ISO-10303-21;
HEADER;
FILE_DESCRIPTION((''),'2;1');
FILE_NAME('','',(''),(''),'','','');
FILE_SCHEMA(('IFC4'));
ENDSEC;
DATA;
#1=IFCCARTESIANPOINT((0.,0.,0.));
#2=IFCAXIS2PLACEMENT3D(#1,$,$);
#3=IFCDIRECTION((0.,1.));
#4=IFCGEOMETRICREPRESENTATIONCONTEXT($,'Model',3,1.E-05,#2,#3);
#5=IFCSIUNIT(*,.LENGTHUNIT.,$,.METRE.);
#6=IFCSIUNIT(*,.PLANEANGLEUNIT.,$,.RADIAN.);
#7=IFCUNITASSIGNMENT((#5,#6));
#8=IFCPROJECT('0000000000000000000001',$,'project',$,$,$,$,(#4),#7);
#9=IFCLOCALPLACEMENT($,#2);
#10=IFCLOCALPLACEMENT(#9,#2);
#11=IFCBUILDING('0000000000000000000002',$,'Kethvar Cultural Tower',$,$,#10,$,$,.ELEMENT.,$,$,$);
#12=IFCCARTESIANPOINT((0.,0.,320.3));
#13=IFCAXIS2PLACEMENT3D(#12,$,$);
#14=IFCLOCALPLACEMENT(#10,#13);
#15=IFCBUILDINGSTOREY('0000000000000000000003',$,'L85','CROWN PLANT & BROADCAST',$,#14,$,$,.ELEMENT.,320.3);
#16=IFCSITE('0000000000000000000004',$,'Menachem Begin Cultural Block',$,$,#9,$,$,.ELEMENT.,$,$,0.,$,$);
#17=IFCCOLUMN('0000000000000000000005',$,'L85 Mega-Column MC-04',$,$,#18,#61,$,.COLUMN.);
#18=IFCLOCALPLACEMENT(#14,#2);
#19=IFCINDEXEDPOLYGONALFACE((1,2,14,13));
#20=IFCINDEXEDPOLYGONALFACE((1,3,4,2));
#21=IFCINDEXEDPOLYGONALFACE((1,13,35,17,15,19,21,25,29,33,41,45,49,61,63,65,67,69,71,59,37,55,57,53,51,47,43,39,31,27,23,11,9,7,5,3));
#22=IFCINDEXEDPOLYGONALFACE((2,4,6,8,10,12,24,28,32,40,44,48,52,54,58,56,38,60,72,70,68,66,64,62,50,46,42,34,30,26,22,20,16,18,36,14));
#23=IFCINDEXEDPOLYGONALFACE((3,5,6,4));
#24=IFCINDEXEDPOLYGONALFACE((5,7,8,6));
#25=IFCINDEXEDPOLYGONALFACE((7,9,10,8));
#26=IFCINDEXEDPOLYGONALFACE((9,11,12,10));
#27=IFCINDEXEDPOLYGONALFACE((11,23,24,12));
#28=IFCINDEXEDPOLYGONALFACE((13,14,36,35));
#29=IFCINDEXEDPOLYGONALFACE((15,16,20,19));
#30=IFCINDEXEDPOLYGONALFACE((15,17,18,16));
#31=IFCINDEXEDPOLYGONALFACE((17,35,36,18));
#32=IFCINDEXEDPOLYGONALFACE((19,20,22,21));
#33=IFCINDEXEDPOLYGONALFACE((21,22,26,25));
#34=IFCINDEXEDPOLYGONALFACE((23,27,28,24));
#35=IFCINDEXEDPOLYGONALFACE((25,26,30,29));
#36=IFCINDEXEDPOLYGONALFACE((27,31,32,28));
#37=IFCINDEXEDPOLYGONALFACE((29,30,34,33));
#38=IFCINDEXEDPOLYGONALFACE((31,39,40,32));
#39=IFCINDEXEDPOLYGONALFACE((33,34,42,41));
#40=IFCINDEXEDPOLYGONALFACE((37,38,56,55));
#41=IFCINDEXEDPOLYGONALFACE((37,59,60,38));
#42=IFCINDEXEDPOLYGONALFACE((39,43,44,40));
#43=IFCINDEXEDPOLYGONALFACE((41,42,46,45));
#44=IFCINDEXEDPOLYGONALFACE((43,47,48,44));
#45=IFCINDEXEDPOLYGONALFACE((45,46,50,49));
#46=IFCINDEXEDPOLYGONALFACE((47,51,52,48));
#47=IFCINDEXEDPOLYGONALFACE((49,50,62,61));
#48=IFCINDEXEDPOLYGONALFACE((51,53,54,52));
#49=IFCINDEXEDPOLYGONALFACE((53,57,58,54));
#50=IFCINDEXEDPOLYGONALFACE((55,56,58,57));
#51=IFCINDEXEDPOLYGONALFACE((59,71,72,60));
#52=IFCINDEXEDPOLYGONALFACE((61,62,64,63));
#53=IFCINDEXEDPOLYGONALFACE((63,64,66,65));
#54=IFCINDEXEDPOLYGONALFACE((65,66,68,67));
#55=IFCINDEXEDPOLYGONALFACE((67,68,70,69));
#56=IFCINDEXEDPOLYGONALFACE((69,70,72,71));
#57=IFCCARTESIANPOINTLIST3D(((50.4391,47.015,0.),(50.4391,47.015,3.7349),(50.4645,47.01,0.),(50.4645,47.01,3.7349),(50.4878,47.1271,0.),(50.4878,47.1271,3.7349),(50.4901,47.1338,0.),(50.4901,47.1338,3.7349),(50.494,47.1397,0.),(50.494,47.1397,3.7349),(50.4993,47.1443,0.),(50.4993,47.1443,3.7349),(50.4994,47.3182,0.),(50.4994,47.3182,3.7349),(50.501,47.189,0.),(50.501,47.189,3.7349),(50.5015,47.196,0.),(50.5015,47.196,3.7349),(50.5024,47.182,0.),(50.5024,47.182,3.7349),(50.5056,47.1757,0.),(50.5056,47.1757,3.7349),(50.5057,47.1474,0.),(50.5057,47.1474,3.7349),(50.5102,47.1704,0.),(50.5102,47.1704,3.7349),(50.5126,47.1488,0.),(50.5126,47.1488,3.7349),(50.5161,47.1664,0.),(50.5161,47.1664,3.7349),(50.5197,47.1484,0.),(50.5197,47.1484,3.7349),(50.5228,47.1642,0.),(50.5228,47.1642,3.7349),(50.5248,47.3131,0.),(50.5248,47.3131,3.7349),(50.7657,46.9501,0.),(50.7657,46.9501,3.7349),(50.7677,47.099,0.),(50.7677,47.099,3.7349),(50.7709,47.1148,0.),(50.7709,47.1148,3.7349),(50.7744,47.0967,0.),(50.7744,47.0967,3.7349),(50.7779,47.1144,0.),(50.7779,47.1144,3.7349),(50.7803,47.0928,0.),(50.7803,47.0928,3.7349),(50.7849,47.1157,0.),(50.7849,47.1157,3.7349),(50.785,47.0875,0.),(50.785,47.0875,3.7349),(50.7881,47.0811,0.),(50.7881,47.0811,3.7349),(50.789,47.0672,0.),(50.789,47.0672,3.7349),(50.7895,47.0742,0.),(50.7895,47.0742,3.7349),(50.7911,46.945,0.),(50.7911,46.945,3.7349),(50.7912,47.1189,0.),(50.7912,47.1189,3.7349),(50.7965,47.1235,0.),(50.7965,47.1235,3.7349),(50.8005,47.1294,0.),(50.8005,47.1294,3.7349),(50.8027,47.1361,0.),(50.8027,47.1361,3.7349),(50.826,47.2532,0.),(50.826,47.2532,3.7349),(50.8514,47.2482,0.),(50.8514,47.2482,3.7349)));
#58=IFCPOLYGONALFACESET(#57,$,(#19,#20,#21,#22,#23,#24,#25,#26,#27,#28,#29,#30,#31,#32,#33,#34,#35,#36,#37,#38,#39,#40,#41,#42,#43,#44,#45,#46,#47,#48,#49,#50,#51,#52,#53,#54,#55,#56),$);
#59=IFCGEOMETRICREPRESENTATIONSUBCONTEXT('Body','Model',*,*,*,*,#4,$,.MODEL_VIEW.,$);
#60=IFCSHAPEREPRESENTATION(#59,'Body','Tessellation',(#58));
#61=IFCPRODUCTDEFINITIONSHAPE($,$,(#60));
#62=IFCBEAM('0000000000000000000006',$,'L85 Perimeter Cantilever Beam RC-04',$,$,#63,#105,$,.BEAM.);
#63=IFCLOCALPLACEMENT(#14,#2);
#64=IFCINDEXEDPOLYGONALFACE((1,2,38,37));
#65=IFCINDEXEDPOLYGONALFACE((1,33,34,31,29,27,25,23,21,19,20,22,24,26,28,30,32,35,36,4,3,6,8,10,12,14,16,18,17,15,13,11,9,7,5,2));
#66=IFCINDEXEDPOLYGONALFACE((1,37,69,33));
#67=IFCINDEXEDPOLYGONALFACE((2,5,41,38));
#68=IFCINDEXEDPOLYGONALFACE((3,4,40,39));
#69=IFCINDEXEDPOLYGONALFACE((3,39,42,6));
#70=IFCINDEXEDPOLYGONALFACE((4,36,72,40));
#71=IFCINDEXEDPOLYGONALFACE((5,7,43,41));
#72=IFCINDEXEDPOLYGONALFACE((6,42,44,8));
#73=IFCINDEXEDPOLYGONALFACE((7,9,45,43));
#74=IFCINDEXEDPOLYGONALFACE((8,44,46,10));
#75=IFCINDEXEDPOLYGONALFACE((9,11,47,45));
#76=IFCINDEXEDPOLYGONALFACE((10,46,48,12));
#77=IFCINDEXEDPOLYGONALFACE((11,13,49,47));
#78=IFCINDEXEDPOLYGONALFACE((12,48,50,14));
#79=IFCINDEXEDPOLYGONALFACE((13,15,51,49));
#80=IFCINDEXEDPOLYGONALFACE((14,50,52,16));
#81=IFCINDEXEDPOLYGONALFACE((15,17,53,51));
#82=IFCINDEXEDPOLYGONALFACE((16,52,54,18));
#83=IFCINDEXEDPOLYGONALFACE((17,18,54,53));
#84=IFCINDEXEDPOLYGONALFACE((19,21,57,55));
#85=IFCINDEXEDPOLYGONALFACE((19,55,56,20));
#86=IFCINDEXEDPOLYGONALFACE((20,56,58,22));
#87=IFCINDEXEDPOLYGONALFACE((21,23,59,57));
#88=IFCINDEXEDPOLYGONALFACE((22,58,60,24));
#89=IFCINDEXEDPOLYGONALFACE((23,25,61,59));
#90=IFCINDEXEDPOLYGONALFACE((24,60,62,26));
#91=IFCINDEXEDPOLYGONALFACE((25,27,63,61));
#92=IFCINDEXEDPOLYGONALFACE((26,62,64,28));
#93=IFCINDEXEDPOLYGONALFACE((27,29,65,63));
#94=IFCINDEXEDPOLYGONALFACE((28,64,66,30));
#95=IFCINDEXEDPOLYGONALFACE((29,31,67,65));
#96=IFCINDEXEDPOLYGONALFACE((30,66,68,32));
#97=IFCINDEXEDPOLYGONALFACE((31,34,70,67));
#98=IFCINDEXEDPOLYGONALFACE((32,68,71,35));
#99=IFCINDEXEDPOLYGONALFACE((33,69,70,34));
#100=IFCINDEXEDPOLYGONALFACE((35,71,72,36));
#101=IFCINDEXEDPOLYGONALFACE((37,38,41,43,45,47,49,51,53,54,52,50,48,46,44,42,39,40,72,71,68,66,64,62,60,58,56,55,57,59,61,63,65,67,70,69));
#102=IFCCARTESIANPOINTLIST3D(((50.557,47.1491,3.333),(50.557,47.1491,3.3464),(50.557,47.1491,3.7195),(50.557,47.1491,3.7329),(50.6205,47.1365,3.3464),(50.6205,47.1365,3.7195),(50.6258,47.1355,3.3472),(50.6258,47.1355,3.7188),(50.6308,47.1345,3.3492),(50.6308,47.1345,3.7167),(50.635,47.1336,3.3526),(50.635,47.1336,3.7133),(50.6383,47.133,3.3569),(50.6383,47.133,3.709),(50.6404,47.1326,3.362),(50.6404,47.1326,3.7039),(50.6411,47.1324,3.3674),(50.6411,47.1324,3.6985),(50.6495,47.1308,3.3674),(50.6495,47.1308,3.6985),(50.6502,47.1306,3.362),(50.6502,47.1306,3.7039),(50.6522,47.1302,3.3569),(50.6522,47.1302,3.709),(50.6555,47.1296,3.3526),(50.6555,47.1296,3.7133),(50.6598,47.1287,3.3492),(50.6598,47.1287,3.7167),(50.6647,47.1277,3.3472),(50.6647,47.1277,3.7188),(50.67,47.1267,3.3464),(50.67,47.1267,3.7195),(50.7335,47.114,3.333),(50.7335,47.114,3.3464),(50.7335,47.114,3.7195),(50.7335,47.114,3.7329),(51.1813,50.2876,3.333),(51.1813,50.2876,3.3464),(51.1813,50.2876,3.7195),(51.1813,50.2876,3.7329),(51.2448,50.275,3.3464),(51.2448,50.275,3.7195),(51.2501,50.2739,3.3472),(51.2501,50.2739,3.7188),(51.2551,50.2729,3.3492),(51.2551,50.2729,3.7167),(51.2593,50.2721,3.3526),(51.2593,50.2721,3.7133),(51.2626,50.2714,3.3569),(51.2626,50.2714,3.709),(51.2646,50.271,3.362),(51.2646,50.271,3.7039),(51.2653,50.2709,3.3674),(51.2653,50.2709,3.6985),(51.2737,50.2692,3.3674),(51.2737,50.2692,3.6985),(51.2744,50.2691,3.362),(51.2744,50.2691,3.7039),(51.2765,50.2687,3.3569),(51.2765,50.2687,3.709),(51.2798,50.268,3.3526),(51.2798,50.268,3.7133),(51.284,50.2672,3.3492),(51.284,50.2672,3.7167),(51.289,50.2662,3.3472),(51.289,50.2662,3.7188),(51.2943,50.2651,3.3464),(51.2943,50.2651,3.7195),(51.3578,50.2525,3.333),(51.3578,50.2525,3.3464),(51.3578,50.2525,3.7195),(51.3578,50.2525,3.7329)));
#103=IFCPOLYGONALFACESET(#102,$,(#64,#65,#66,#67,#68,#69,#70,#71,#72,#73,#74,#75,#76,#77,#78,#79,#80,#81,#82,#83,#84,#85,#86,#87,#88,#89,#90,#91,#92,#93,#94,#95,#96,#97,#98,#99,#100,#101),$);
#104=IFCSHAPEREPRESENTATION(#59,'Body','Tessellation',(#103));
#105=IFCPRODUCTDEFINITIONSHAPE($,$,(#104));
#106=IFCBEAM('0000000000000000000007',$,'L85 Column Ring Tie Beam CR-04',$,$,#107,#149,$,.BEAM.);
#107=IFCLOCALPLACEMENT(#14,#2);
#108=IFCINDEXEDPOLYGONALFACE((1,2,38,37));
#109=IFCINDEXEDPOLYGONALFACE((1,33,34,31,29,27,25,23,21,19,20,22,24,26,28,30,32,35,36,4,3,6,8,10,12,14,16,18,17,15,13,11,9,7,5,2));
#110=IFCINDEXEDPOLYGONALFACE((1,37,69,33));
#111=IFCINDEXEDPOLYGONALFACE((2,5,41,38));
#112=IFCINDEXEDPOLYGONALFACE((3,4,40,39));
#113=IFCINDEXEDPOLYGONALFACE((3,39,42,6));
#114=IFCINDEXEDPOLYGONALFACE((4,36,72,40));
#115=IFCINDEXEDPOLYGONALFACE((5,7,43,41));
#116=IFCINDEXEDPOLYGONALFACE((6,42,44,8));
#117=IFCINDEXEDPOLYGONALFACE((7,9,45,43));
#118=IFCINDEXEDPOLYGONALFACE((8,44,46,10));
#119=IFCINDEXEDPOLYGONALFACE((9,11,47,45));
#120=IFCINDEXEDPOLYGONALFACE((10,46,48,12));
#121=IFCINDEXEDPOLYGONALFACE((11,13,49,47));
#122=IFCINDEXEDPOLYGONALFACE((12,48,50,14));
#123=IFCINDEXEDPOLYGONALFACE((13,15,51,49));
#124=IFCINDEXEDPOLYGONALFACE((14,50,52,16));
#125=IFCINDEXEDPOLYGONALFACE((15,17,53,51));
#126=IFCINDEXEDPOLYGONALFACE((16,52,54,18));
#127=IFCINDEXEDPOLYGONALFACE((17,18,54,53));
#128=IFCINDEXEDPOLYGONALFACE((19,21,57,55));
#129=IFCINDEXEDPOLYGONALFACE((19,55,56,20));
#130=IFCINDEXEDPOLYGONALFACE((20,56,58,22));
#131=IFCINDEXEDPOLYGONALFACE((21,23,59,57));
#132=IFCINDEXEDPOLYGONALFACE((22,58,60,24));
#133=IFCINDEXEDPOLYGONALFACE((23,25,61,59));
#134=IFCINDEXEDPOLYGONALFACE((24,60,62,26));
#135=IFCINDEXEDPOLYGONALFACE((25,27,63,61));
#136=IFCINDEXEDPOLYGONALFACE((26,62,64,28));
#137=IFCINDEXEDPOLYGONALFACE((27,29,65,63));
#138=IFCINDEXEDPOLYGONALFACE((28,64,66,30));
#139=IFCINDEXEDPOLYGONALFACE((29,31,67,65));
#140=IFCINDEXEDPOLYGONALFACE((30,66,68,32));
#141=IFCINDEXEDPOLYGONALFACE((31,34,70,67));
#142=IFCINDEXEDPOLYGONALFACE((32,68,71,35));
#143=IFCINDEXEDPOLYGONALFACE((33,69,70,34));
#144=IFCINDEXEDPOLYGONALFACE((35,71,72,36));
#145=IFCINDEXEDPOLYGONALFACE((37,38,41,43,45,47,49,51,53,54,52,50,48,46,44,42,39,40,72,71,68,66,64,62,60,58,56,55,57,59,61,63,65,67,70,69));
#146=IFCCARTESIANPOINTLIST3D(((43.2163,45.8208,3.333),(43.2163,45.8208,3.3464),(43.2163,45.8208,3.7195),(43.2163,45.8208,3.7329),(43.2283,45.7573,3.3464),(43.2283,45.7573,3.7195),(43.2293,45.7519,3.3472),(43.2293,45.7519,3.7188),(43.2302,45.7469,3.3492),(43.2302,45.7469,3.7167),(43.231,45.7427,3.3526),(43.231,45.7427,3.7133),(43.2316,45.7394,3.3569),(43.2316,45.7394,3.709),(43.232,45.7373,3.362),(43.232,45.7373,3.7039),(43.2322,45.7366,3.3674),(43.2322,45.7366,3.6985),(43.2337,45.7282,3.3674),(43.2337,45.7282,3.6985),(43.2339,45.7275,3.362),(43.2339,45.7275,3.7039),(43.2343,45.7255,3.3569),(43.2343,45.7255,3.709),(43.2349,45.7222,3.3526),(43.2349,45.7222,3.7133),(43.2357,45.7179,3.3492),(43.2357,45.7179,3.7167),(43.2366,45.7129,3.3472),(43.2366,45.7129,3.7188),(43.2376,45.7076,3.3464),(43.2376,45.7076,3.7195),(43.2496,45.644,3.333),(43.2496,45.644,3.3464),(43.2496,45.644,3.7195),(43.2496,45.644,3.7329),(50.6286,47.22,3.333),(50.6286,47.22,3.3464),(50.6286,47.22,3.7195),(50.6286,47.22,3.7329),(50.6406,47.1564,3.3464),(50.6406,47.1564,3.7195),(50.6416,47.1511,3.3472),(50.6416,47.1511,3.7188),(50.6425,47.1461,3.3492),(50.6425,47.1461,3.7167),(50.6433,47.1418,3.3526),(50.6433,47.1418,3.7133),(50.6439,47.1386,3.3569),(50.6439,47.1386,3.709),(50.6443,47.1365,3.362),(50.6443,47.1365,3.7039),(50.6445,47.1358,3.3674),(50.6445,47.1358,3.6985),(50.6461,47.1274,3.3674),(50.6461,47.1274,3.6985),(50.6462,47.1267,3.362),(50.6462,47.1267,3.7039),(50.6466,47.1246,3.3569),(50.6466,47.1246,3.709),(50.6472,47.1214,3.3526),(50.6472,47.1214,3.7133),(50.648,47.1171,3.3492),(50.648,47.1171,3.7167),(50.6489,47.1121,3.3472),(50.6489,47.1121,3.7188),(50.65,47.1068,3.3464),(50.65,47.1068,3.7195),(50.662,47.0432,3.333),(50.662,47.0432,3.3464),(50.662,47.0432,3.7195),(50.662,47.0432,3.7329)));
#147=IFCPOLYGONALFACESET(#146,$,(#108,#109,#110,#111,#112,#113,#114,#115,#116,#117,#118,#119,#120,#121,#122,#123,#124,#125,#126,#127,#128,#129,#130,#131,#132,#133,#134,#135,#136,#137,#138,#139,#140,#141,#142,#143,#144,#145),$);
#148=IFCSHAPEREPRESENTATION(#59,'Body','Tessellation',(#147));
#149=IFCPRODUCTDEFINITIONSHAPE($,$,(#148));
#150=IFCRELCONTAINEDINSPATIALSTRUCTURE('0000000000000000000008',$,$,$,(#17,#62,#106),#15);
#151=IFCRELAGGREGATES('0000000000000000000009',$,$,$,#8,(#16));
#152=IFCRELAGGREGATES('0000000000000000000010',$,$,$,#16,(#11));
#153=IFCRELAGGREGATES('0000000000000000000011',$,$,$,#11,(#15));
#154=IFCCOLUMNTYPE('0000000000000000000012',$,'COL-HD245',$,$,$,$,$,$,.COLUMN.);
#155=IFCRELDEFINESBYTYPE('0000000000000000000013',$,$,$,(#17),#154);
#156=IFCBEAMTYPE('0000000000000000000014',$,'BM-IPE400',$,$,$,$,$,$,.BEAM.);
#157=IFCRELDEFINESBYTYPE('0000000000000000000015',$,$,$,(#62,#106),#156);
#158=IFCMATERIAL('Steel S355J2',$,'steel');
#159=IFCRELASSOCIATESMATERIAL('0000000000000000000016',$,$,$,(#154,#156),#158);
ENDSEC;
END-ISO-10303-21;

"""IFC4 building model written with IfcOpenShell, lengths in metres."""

from ifc_helpers import new_model, si_unit, direction, frame, origin, origin_2d, place, context, subcontext, project, spatial, i_section, extrude, source, transform, mapped, material, material_profile, profile_set, type_object, element, save


model = new_model("IFC4")

# Units and contexts
model_context = context("Model", 3, precision=1e-05, world=origin(), true_north=direction((0.0, 1.0)))
body_context = subcontext(model_context, "Body", "Model", "MODEL_VIEW")
ifc_project = project(units=[si_unit("LENGTHUNIT", "METRE"), si_unit("PLANEANGLEUNIT", "RADIAN")], contexts=[model_context])

# Site, building, storey
site_placement = place(None, origin())
site = spatial("IfcSite", under=ifc_project, at=site_placement, Name="Menachem Begin Cultural Block", CompositionType="ELEMENT", RefElevation=0.0)
building_placement = place(site_placement, origin())
building = spatial("IfcBuilding", under=site, at=building_placement, Name="Kethvar Cultural Tower", CompositionType="ELEMENT")
storey_placement = place(building_placement, frame((0.0, 0.0, 320.3)))
storey = spatial("IfcBuildingStorey", under=building, at=storey_placement, Name="L85", Description="CROWN PLANT & BROADCAST", CompositionType="ELEMENT", Elevation=320.3)

# Column
ifc_material_1 = material(Name="Steel S355J2", Category="steel")
ifc_material_profile_1 = material_profile(ifc_material_1, i_section(OverallWidth=0.3091, OverallDepth=0.3589, WebThickness=0.0161, FlangeThickness=0.0259, FilletRadius=0.0271, at=origin_2d()), Name="Steel S355J2 — HD320x245")
ifc_profile_set_1 = profile_set([ifc_material_profile_1], Name="Steel S355J2 — HD320x245")
column_type = type_object("IfcColumnType", Name="COL-HD245", PredefinedType="COLUMN", material=ifc_profile_set_1)
shared_shape_1 = source(origin(), body_context, "Body", "SweptSolid", [
    extrude(i_section(OverallWidth=0.3091, OverallDepth=0.3589, WebThickness=0.0161, FlangeThickness=0.0259, FilletRadius=0.0271, at=origin_2d()), origin(), (0.0, 0.0, 1.0), 3.7349),
])
column_placement = place(storey_placement, frame((50.6453, 47.1316, 0.0), z_axis=(0.0, 0.0, 1.0), x_axis=(0.19509, 0.980785, 0.0)))
element("IfcColumn", 1, at=column_placement, inside=storey, type_object=column_type, Name="L85 Mega-Column MC-04", PredefinedType="COLUMN", context=body_context, shape_type="MappedRepresentation", body=[
    mapped(shared_shape_1, transform((0.0, 0.0, 0.0), scale=1.0)),
])

# Beams
ifc_material_profile_2 = material_profile(ifc_material_1, i_section(OverallWidth=0.1799, OverallDepth=0.3999, WebThickness=0.0085, FlangeThickness=0.0134, FilletRadius=0.021, at=origin_2d()), Name="Steel S355J2 — IPE400")
ifc_profile_set_2 = profile_set([ifc_material_profile_2], Name="Steel S355J2 — IPE400")
beam_type_1 = type_object("IfcBeamType", Name="BM-IPE400", PredefinedType="BEAM", material=ifc_profile_set_2)
shared_shape_2 = source(origin(), body_context, "Body", "SweptSolid", [
    extrude(i_section(OverallWidth=0.1799, OverallDepth=0.3999, WebThickness=0.0085, FlangeThickness=0.0134, FilletRadius=0.021, at=origin_2d()), origin(), (0.0, 0.0, 1.0), 3.2),
])
beam_1_placement = place(storey_placement, frame((50.6453, 47.1316, 3.533), z_axis=(0.195089, 0.980786, 0.0), x_axis=(-0.980786, 0.195089, 0.0)))
element("IfcBeam", 2, at=beam_1_placement, inside=storey, type_object=beam_type_1, Name="L85 Perimeter Cantilever Beam RC-04", PredefinedType="BEAM", context=body_context, shape_type="MappedRepresentation", body=[
    mapped(shared_shape_2, transform((0.0, 0.0, 0.0), scale=1.0)),
])
shared_shape_3 = source(origin(), body_context, "Body", "SweptSolid", [
    extrude(i_section(OverallWidth=0.1799, OverallDepth=0.3999, WebThickness=0.0085, FlangeThickness=0.0134, FilletRadius=0.021, at=origin_2d()), origin(), (0.0, 0.0, 1.0), 7.5432),
])
beam_2_placement = place(storey_placement, frame((50.6453, 47.1316, 3.533), z_axis=(-0.982647, -0.185486, 0.0), x_axis=(0.185486, -0.982647, 0.0)))
element("IfcBeam", 3, at=beam_2_placement, inside=storey, type_object=beam_type_1, Name="L85 Column Ring Tie Beam CR-04", PredefinedType="BEAM", context=body_context, shape_type="MappedRepresentation", body=[
    mapped(shared_shape_3, transform((0.0, 0.0, 0.0), scale=1.0)),
])

save(model, "model.ifc")
